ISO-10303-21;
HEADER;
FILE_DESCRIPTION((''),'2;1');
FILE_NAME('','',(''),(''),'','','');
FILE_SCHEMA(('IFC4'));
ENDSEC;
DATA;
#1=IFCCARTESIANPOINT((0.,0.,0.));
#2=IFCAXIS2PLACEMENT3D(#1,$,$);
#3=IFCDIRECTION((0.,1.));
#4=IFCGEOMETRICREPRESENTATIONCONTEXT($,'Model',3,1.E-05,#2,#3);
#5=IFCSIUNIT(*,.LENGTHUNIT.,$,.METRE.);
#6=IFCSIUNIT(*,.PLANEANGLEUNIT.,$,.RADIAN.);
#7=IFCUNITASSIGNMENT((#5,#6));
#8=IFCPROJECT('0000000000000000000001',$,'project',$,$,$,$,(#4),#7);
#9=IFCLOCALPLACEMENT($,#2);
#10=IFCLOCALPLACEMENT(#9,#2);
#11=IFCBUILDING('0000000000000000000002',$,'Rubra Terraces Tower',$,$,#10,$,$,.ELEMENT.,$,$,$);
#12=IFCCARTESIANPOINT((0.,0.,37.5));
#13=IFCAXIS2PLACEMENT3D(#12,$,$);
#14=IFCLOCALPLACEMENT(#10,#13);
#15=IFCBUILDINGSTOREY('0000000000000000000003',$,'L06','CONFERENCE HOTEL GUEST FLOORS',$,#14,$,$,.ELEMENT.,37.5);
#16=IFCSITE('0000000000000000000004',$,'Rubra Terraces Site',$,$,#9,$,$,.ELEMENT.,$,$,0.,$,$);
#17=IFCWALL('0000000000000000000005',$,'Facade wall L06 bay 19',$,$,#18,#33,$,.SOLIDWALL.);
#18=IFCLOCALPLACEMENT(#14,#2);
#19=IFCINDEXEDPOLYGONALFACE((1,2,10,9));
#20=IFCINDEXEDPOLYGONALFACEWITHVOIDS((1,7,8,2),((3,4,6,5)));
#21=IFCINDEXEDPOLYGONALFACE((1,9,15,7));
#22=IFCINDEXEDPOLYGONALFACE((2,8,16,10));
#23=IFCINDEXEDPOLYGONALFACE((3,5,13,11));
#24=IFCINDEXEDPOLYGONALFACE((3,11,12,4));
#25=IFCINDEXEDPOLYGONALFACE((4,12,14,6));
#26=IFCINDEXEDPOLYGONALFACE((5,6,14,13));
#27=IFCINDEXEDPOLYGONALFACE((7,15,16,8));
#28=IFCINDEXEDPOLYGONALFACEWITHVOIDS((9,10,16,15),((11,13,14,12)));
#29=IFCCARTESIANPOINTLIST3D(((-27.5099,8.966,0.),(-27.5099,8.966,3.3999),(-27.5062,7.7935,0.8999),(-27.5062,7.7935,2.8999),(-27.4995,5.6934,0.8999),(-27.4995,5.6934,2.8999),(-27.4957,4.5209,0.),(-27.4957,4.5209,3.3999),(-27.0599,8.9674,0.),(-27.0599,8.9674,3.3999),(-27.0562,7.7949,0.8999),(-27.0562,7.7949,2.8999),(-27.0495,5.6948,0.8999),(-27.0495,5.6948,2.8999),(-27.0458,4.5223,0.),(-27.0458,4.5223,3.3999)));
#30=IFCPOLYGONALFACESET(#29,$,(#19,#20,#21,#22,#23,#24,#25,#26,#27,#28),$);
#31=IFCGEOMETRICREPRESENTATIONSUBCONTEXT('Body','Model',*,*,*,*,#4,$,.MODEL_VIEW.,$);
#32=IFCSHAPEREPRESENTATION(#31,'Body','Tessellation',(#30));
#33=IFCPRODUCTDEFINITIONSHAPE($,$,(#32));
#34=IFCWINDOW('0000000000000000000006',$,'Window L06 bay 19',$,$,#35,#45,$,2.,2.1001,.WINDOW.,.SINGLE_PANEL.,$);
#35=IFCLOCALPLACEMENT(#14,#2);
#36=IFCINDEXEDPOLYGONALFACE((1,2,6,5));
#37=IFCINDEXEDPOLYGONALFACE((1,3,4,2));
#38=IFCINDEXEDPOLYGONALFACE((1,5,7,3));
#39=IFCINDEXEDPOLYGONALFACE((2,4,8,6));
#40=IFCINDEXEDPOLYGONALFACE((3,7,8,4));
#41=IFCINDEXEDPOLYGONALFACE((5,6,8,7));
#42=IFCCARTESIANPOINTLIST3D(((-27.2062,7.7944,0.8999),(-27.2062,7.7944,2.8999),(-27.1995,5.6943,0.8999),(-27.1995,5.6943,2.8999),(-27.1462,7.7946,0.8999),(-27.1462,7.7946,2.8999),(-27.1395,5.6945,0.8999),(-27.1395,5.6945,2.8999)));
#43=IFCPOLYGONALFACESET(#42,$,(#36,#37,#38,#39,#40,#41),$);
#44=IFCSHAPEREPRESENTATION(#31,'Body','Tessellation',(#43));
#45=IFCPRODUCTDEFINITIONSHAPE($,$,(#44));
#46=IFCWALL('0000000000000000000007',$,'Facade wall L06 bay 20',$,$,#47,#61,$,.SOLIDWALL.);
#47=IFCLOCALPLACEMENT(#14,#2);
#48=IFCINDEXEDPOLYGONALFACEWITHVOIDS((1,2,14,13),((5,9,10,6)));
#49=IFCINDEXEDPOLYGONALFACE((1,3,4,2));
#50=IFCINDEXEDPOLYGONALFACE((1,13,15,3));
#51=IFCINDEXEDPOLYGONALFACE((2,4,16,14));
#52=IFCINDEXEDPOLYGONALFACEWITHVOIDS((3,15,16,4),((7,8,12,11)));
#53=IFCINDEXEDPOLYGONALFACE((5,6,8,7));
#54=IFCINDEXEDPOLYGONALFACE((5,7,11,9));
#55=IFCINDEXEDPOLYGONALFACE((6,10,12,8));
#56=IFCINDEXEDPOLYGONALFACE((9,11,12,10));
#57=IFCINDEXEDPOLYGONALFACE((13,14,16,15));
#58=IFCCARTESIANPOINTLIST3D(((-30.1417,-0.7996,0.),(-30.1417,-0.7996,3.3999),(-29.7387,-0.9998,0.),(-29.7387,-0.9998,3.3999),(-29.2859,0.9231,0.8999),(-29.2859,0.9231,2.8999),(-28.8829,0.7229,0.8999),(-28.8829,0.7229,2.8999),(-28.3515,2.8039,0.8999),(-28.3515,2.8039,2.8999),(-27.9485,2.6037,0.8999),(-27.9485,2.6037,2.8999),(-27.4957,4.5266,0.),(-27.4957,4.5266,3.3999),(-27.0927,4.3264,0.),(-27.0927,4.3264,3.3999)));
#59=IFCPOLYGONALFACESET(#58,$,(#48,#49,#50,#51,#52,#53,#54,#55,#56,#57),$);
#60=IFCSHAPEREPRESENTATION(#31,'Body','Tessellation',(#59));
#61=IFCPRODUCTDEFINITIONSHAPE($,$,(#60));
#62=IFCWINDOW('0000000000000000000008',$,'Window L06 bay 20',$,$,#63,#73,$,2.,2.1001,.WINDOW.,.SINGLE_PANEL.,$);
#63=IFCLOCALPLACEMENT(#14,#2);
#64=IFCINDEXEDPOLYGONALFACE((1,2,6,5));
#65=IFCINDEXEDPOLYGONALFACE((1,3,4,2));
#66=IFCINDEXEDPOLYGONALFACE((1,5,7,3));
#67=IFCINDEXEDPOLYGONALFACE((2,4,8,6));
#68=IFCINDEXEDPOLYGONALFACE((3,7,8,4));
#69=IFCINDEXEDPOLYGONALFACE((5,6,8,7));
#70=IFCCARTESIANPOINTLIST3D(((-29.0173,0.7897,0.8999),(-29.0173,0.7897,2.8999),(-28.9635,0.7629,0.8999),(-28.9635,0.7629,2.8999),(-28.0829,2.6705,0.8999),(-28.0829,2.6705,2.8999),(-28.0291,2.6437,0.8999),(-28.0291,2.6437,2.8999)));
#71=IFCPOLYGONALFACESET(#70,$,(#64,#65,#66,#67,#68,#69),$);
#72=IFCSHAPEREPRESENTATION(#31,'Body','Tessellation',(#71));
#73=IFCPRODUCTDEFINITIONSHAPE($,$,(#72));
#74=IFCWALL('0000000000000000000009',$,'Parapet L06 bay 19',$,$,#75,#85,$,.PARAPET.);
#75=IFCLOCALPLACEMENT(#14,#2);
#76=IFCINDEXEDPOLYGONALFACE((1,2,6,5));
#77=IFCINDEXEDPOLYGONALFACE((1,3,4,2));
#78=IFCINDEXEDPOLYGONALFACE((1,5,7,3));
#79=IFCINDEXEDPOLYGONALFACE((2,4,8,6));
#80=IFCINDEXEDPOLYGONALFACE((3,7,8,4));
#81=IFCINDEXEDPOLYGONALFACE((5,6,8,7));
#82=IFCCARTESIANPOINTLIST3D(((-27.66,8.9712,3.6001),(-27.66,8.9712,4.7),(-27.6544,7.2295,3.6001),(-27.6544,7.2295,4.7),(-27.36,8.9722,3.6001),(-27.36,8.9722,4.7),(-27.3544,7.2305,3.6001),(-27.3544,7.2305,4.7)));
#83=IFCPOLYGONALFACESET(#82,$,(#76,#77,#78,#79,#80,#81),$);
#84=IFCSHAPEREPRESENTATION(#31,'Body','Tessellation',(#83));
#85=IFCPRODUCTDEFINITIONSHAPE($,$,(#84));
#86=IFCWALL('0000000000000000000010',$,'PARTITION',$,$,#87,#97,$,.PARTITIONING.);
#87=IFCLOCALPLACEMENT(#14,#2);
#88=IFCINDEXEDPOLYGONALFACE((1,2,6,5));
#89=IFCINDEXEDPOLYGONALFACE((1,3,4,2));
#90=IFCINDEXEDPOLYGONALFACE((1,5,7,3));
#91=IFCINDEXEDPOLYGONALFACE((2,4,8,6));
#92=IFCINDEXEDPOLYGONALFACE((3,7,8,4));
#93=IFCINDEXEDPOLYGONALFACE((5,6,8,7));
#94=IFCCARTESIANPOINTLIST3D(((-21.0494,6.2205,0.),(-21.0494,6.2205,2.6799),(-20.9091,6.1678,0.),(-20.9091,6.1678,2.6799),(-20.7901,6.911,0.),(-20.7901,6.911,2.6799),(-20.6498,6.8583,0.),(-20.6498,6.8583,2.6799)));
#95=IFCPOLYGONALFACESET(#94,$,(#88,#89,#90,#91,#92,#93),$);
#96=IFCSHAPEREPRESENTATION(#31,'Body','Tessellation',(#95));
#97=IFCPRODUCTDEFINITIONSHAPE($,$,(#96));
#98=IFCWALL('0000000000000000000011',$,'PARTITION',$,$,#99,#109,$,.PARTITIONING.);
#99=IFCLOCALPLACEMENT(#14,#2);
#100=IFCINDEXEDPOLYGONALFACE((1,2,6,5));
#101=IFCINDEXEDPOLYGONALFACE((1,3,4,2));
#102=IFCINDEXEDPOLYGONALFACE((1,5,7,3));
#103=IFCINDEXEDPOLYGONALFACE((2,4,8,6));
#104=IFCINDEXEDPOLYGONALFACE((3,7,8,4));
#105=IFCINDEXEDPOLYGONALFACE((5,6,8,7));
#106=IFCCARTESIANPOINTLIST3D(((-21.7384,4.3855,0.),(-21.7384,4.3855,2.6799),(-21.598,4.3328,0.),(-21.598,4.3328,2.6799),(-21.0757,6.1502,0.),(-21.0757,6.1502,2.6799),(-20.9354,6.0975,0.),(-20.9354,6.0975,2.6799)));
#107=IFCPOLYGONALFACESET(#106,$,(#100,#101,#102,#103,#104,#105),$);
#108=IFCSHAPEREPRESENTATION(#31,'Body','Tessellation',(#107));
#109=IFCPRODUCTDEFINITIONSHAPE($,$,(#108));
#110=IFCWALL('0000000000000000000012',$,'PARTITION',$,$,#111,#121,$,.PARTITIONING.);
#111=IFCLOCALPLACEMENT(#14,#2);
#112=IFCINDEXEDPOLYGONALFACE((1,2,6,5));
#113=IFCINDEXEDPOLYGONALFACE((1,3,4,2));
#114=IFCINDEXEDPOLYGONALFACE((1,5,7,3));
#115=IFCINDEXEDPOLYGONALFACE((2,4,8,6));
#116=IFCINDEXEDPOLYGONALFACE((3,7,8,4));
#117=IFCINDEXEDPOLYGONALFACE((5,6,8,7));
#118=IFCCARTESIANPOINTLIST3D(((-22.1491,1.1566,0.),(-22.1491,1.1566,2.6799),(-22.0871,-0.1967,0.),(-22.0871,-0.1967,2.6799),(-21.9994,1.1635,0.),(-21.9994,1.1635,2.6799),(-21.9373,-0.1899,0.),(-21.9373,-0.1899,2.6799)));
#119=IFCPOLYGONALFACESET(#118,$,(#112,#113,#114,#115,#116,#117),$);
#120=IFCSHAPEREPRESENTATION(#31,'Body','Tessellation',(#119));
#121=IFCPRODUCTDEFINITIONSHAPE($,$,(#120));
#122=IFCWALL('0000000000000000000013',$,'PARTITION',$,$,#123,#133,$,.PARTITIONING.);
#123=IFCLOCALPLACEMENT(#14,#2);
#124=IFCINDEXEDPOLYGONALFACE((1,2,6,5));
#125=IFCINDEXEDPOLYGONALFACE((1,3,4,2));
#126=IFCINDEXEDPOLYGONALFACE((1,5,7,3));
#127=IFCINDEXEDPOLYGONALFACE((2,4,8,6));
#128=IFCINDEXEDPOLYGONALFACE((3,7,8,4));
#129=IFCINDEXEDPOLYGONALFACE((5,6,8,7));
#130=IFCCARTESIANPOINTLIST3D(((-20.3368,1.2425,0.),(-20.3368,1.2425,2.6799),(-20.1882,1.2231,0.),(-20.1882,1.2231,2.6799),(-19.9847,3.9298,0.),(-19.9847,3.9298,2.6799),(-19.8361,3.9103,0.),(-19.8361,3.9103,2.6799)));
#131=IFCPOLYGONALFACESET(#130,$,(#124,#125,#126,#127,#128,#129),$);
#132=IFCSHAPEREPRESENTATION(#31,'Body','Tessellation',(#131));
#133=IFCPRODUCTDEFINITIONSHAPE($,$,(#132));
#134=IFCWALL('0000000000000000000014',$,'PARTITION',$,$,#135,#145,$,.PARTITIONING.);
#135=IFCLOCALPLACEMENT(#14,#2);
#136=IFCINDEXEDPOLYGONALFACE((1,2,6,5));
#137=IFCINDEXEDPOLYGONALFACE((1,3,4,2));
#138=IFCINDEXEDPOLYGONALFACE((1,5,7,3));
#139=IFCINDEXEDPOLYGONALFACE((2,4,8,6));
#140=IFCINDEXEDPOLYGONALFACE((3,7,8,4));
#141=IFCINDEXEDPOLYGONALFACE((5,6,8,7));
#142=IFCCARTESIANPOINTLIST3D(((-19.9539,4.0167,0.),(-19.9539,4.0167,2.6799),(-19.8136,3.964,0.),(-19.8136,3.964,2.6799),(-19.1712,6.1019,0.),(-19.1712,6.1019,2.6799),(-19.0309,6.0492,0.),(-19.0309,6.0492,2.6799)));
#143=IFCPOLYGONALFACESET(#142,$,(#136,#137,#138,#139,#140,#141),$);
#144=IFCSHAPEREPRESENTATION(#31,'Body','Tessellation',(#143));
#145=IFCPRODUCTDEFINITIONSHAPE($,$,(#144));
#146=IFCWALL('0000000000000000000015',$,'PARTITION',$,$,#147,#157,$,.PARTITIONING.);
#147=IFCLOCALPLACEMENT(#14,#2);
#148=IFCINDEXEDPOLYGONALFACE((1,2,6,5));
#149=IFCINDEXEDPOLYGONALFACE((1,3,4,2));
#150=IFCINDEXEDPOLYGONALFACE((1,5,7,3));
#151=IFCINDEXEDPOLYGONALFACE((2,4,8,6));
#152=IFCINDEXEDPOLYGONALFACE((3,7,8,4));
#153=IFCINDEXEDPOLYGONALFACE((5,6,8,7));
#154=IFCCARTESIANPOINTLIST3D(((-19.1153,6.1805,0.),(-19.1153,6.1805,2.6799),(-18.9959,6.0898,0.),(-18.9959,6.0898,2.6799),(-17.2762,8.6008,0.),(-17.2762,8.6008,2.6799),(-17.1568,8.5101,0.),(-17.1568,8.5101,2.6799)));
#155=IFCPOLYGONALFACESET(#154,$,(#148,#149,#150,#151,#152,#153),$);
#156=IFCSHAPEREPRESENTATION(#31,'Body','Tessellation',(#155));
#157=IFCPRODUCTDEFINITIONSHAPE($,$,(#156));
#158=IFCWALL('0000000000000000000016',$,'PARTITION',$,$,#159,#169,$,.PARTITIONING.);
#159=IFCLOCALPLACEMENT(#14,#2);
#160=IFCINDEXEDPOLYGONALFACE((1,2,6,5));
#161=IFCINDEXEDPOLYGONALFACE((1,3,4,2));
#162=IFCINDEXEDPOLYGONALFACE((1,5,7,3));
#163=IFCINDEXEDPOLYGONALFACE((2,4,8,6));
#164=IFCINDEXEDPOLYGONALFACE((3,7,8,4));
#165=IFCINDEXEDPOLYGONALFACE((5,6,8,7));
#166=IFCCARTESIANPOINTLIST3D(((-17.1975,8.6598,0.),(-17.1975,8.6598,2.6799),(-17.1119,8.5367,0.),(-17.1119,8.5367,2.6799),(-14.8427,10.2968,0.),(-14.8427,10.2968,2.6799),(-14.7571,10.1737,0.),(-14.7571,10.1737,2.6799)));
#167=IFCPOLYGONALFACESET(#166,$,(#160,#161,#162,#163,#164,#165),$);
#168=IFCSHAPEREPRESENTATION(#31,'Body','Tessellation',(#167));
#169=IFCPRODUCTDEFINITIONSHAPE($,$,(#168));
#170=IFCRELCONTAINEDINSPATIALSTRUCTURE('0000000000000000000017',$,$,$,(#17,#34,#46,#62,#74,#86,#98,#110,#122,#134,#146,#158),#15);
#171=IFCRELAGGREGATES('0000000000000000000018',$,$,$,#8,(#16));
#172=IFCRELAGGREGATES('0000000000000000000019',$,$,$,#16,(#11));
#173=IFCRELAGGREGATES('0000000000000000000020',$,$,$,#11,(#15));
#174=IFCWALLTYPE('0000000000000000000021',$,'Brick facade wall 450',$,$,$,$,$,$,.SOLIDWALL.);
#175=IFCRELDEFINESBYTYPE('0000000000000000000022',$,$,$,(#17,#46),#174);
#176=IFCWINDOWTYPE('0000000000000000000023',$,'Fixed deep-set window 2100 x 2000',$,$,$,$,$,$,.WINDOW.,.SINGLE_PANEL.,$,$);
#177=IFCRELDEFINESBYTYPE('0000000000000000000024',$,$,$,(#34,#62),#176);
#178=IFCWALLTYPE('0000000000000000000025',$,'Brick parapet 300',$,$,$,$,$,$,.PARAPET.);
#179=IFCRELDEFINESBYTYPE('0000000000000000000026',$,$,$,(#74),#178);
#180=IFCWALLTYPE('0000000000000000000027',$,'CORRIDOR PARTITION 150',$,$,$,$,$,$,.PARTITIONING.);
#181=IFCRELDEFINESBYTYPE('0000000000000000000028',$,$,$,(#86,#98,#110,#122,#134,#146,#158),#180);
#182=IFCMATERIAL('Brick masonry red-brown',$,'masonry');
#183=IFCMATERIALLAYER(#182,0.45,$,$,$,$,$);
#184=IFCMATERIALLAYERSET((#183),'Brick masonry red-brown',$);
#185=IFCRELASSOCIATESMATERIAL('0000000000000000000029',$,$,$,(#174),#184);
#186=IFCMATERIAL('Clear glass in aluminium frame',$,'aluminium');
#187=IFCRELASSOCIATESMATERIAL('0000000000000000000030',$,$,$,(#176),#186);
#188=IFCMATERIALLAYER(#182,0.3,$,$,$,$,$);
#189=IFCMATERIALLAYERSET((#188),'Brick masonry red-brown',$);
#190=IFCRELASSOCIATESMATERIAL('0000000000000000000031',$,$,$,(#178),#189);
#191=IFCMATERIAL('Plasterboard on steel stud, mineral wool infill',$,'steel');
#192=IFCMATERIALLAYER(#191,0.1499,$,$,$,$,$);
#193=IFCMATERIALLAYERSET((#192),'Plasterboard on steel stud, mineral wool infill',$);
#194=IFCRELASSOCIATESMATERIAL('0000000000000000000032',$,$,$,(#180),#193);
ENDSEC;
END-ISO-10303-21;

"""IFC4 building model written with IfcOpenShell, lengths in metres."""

from ifc_helpers import new_model, si_unit, direction, frame, frame_2d, origin, place, context, subcontext, project, spatial, rectangle, extrude, material, layer, layer_set, type_object, element, fill, save


model = new_model("IFC4")

# Units and contexts
model_context = context("Model", 3, precision=1e-05, world=origin(), true_north=direction((0.0, 1.0)))
body_context = subcontext(model_context, "Body", "Model", "MODEL_VIEW")
ifc_project = project(units=[si_unit("LENGTHUNIT", "METRE"), si_unit("PLANEANGLEUNIT", "RADIAN")], contexts=[model_context])

# Site, building, storey
site_placement = place(None, origin())
site = spatial("IfcSite", under=ifc_project, at=site_placement, Name="Rubra Terraces Site", CompositionType="ELEMENT", RefElevation=0.0)
building_placement = place(site_placement, origin())
building = spatial("IfcBuilding", under=site, at=building_placement, Name="Rubra Terraces Tower", CompositionType="ELEMENT")
storey_placement = place(building_placement, frame((0.0, 0.0, 37.5)))
storey = spatial("IfcBuildingStorey", under=building, at=storey_placement, Name="L06", Description="CONFERENCE HOTEL GUEST FLOORS", CompositionType="ELEMENT", Elevation=37.5)

# Walls, openings, windows
ifc_material_1 = material(Name="Brick masonry red-brown", Category="masonry")
ifc_layer_1 = layer(ifc_material_1, 0.45)
ifc_layer_set_1 = layer_set([ifc_layer_1], Name="Brick masonry red-brown")
wall_type_1 = type_object("IfcWallType", Name="Brick facade wall 450", PredefinedType="SOLIDWALL", material=ifc_layer_set_1)
wall_1_placement = place(storey_placement, frame((-27.2849, 8.9668, 0.0), z_axis=(0.0, 0.0, 1.0), x_axis=(0.003186, -0.999995, 0.0)))
wall_1 = element("IfcWall", 1, at=wall_1_placement, inside=storey, type_object=wall_type_1, Name="Facade wall L06 bay 19", PredefinedType="SOLIDWALL", context=body_context, shape_type="SweptSolid", body=[
    extrude(rectangle(XDim=4.4451, YDim=0.45, at=frame_2d((2.2227, 0.0))), origin(), (0.0, 0.0, 1.0), 3.3999),
])
opening_1_placement = place(wall_1_placement, frame((1.1726, 0.0, 0.8999)))
opening_1 = element("IfcOpeningElement", 2, at=opening_1_placement, cuts=wall_1, PredefinedType="OPENING", context=body_context, shape_type="SweptSolid", body=[
    extrude(rectangle(XDim=2.1001, YDim=2.0, at=frame_2d((1.05, 1.0))), frame((0.0, 0.2349, 0.0), z_axis=(0.0, -1.0, 0.0), x_axis=(1.0, 0.0, 0.0)), (0.0, 0.0, 1.0), 0.47),
])
ifc_material_2 = material(Name="Clear glass in aluminium frame", Category="aluminium")
window_type = type_object("IfcWindowType", Name="Fixed deep-set window 2100 x 2000", PartitioningType="SINGLE_PANEL", PredefinedType="WINDOW", material=ifc_material_2)
window_1_placement = place(opening_1_placement, origin())
window_1 = element("IfcWindow", 3, at=window_1_placement, inside=storey, type_object=window_type, Name="Window L06 bay 19", OverallHeight=2.0, OverallWidth=2.1001, PartitioningType="SINGLE_PANEL", PredefinedType="WINDOW", context=body_context, shape_type="SweptSolid", body=[
    extrude(rectangle(XDim=2.1001, YDim=2.0, at=frame_2d((1.05, 1.0))), frame((0.0, 0.135, 0.0), z_axis=(0.0, -1.0, 0.0), x_axis=(1.0, 0.0, 0.0)), (0.0, 0.0, 1.0), 0.0601),
])
fill(opening_1, window_1)
wall_2_placement = place(storey_placement, frame((-27.2942, 4.4265, 0.0), z_axis=(0.0, 0.0, 1.0), x_axis=(-0.444913, -0.895574, 0.0)))
wall_2 = element("IfcWall", 4, at=wall_2_placement, inside=storey, type_object=wall_type_1, Name="Facade wall L06 bay 20", PredefinedType="SOLIDWALL", context=body_context, shape_type="SweptSolid", body=[
    extrude(rectangle(XDim=5.9473, YDim=0.45, at=frame_2d((2.9736, 0.0))), origin(), (0.0, 0.0, 1.0), 3.3999),
])
opening_2_placement = place(wall_2_placement, frame((1.9236, 0.0, 0.8999)))
opening_2 = element("IfcOpeningElement", 5, at=opening_2_placement, cuts=wall_2, PredefinedType="OPENING", context=body_context, shape_type="SweptSolid", body=[
    extrude(rectangle(XDim=2.1001, YDim=2.0, at=frame_2d((1.05, 1.0))), frame((0.0, 0.2349, 0.0), z_axis=(0.0, -1.0, 0.0), x_axis=(1.0, 0.0, 0.0)), (0.0, 0.0, 1.0), 0.47),
])
window_2_placement = place(opening_2_placement, origin())
window_2 = element("IfcWindow", 6, at=window_2_placement, inside=storey, type_object=window_type, Name="Window L06 bay 20", OverallHeight=2.0, OverallWidth=2.1001, PartitioningType="SINGLE_PANEL", PredefinedType="WINDOW", context=body_context, shape_type="SweptSolid", body=[
    extrude(rectangle(XDim=2.1001, YDim=2.0, at=frame_2d((1.05, 1.0))), frame((0.0, 0.135, 0.0), z_axis=(0.0, -1.0, 0.0), x_axis=(1.0, 0.0, 0.0)), (0.0, 0.0, 1.0), 0.0601),
])
fill(opening_2, window_2)

# Walls
ifc_layer_2 = layer(ifc_material_1, 0.3)
ifc_layer_set_2 = layer_set([ifc_layer_2], Name="Brick masonry red-brown")
wall_type_2 = type_object("IfcWallType", Name="Brick parapet 300", PredefinedType="PARAPET", material=ifc_layer_set_2)
wall_3_placement = place(storey_placement, frame((-27.51, 8.9717, 3.6001), z_axis=(0.0, 0.0, 1.0), x_axis=(0.003224, -0.999995, 0.0)))
element("IfcWall", 7, at=wall_3_placement, inside=storey, type_object=wall_type_2, Name="Parapet L06 bay 19", PredefinedType="PARAPET", context=body_context, shape_type="SweptSolid", body=[
    extrude(rectangle(XDim=1.7417, YDim=0.3, at=frame_2d((0.8708, 0.0))), origin(), (0.0, 0.0, 1.0), 1.0999),
])
ifc_material_3 = material(Name="Plasterboard on steel stud, mineral wool infill", Category="steel")
ifc_layer_3 = layer(ifc_material_3, 0.1499)
ifc_layer_set_3 = layer_set([ifc_layer_3], Name="Plasterboard on steel stud, mineral wool infill")
wall_type_3 = type_object("IfcWallType", Name="CORRIDOR PARTITION 150", PredefinedType="PARTITIONING", material=ifc_layer_set_3)
wall_4_placement = place(storey_placement, frame((-20.72, 6.8845, 0.0), z_axis=(0.0, 0.0, 1.0), x_axis=(-0.351559, -0.936166, 0.0)))
element("IfcWall", 8, at=wall_4_placement, inside=storey, type_object=wall_type_3, Name="PARTITION", PredefinedType="PARTITIONING", context=body_context, shape_type="SweptSolid", body=[
    extrude(rectangle(XDim=0.7375, YDim=0.1499, at=frame_2d((0.3687, 0.0))), origin(), (0.0, 0.0, 1.0), 2.6799),
])
wall_5_placement = place(storey_placement, frame((-21.0056, 6.1238, 0.0), z_axis=(0.0, 0.0, 1.0), x_axis=(-0.351521, -0.93618, 0.0)))
element("IfcWall", 9, at=wall_5_placement, inside=storey, type_object=wall_type_3, Name="PARTITION", PredefinedType="PARTITIONING", context=body_context, shape_type="SweptSolid", body=[
    extrude(rectangle(XDim=1.885, YDim=0.1499, at=frame_2d((0.9424, 0.0))), origin(), (0.0, 0.0, 1.0), 2.6799),
])

# Walls
wall_6_placement = place(storey_placement, frame((-22.0742, 1.1599, 0.0), z_axis=(0.0, 0.0, 1.0), x_axis=(0.045776, -0.998952, 0.0)))
element("IfcWall", 10, at=wall_6_placement, inside=storey, type_object=wall_type_3, Name="PARTITION", PredefinedType="PARTITIONING", context=body_context, shape_type="SweptSolid", body=[
    extrude(rectangle(XDim=1.3547, YDim=0.1499, at=frame_2d((0.6772, 0.0))), origin(), (0.0, 0.0, 1.0), 2.6799),
])
wall_7_placement = place(storey_placement, frame((-20.2625, 1.2329, 0.0), z_axis=(0.0, 0.0, 1.0), x_axis=(0.129898, 0.991527, 0.0)))
element("IfcWall", 11, at=wall_7_placement, inside=storey, type_object=wall_type_3, Name="PARTITION", PredefinedType="PARTITIONING", context=body_context, shape_type="SweptSolid", body=[
    extrude(rectangle(XDim=2.7102, YDim=0.1499, at=frame_2d((1.355, 0.0))), origin(), (0.0, 0.0, 1.0), 2.6799),
])
wall_8_placement = place(storey_placement, frame((-19.8838, 3.9902, 0.0), z_axis=(0.0, 0.0, 1.0), x_axis=(0.351424, 0.936217, 0.0)))
element("IfcWall", 12, at=wall_8_placement, inside=storey, type_object=wall_type_3, Name="PARTITION", PredefinedType="PARTITIONING", context=body_context, shape_type="SweptSolid", body=[
    extrude(rectangle(XDim=2.2273, YDim=0.1499, at=frame_2d((1.1138, 0.0))), origin(), (0.0, 0.0, 1.0), 2.6799),
])
wall_9_placement = place(storey_placement, frame((-19.0557, 6.135, 0.0), z_axis=(0.0, 0.0, 1.0), x_axis=(0.605, 0.796226, 0.0)))
element("IfcWall", 13, at=wall_9_placement, inside=storey, type_object=wall_type_3, Name="PARTITION", PredefinedType="PARTITIONING", context=body_context, shape_type="SweptSolid", body=[
    extrude(rectangle(XDim=3.0398, YDim=0.1499, at=frame_2d((1.52, 0.0))), origin(), (0.0, 0.0, 1.0), 2.6799),
])
wall_10_placement = place(storey_placement, frame((-17.1548, 8.5981, 0.0), z_axis=(0.0, 0.0, 1.0), x_axis=(0.821087, 0.570803, 0.0)))
element("IfcWall", 14, at=wall_10_placement, inside=storey, type_object=wall_type_3, Name="PARTITION", PredefinedType="PARTITIONING", context=body_context, shape_type="SweptSolid", body=[
    extrude(rectangle(XDim=2.8679, YDim=0.1499, at=frame_2d((1.4341, 0.0))), origin(), (0.0, 0.0, 1.0), 2.6799),
])

save(model, "model.ifc")
